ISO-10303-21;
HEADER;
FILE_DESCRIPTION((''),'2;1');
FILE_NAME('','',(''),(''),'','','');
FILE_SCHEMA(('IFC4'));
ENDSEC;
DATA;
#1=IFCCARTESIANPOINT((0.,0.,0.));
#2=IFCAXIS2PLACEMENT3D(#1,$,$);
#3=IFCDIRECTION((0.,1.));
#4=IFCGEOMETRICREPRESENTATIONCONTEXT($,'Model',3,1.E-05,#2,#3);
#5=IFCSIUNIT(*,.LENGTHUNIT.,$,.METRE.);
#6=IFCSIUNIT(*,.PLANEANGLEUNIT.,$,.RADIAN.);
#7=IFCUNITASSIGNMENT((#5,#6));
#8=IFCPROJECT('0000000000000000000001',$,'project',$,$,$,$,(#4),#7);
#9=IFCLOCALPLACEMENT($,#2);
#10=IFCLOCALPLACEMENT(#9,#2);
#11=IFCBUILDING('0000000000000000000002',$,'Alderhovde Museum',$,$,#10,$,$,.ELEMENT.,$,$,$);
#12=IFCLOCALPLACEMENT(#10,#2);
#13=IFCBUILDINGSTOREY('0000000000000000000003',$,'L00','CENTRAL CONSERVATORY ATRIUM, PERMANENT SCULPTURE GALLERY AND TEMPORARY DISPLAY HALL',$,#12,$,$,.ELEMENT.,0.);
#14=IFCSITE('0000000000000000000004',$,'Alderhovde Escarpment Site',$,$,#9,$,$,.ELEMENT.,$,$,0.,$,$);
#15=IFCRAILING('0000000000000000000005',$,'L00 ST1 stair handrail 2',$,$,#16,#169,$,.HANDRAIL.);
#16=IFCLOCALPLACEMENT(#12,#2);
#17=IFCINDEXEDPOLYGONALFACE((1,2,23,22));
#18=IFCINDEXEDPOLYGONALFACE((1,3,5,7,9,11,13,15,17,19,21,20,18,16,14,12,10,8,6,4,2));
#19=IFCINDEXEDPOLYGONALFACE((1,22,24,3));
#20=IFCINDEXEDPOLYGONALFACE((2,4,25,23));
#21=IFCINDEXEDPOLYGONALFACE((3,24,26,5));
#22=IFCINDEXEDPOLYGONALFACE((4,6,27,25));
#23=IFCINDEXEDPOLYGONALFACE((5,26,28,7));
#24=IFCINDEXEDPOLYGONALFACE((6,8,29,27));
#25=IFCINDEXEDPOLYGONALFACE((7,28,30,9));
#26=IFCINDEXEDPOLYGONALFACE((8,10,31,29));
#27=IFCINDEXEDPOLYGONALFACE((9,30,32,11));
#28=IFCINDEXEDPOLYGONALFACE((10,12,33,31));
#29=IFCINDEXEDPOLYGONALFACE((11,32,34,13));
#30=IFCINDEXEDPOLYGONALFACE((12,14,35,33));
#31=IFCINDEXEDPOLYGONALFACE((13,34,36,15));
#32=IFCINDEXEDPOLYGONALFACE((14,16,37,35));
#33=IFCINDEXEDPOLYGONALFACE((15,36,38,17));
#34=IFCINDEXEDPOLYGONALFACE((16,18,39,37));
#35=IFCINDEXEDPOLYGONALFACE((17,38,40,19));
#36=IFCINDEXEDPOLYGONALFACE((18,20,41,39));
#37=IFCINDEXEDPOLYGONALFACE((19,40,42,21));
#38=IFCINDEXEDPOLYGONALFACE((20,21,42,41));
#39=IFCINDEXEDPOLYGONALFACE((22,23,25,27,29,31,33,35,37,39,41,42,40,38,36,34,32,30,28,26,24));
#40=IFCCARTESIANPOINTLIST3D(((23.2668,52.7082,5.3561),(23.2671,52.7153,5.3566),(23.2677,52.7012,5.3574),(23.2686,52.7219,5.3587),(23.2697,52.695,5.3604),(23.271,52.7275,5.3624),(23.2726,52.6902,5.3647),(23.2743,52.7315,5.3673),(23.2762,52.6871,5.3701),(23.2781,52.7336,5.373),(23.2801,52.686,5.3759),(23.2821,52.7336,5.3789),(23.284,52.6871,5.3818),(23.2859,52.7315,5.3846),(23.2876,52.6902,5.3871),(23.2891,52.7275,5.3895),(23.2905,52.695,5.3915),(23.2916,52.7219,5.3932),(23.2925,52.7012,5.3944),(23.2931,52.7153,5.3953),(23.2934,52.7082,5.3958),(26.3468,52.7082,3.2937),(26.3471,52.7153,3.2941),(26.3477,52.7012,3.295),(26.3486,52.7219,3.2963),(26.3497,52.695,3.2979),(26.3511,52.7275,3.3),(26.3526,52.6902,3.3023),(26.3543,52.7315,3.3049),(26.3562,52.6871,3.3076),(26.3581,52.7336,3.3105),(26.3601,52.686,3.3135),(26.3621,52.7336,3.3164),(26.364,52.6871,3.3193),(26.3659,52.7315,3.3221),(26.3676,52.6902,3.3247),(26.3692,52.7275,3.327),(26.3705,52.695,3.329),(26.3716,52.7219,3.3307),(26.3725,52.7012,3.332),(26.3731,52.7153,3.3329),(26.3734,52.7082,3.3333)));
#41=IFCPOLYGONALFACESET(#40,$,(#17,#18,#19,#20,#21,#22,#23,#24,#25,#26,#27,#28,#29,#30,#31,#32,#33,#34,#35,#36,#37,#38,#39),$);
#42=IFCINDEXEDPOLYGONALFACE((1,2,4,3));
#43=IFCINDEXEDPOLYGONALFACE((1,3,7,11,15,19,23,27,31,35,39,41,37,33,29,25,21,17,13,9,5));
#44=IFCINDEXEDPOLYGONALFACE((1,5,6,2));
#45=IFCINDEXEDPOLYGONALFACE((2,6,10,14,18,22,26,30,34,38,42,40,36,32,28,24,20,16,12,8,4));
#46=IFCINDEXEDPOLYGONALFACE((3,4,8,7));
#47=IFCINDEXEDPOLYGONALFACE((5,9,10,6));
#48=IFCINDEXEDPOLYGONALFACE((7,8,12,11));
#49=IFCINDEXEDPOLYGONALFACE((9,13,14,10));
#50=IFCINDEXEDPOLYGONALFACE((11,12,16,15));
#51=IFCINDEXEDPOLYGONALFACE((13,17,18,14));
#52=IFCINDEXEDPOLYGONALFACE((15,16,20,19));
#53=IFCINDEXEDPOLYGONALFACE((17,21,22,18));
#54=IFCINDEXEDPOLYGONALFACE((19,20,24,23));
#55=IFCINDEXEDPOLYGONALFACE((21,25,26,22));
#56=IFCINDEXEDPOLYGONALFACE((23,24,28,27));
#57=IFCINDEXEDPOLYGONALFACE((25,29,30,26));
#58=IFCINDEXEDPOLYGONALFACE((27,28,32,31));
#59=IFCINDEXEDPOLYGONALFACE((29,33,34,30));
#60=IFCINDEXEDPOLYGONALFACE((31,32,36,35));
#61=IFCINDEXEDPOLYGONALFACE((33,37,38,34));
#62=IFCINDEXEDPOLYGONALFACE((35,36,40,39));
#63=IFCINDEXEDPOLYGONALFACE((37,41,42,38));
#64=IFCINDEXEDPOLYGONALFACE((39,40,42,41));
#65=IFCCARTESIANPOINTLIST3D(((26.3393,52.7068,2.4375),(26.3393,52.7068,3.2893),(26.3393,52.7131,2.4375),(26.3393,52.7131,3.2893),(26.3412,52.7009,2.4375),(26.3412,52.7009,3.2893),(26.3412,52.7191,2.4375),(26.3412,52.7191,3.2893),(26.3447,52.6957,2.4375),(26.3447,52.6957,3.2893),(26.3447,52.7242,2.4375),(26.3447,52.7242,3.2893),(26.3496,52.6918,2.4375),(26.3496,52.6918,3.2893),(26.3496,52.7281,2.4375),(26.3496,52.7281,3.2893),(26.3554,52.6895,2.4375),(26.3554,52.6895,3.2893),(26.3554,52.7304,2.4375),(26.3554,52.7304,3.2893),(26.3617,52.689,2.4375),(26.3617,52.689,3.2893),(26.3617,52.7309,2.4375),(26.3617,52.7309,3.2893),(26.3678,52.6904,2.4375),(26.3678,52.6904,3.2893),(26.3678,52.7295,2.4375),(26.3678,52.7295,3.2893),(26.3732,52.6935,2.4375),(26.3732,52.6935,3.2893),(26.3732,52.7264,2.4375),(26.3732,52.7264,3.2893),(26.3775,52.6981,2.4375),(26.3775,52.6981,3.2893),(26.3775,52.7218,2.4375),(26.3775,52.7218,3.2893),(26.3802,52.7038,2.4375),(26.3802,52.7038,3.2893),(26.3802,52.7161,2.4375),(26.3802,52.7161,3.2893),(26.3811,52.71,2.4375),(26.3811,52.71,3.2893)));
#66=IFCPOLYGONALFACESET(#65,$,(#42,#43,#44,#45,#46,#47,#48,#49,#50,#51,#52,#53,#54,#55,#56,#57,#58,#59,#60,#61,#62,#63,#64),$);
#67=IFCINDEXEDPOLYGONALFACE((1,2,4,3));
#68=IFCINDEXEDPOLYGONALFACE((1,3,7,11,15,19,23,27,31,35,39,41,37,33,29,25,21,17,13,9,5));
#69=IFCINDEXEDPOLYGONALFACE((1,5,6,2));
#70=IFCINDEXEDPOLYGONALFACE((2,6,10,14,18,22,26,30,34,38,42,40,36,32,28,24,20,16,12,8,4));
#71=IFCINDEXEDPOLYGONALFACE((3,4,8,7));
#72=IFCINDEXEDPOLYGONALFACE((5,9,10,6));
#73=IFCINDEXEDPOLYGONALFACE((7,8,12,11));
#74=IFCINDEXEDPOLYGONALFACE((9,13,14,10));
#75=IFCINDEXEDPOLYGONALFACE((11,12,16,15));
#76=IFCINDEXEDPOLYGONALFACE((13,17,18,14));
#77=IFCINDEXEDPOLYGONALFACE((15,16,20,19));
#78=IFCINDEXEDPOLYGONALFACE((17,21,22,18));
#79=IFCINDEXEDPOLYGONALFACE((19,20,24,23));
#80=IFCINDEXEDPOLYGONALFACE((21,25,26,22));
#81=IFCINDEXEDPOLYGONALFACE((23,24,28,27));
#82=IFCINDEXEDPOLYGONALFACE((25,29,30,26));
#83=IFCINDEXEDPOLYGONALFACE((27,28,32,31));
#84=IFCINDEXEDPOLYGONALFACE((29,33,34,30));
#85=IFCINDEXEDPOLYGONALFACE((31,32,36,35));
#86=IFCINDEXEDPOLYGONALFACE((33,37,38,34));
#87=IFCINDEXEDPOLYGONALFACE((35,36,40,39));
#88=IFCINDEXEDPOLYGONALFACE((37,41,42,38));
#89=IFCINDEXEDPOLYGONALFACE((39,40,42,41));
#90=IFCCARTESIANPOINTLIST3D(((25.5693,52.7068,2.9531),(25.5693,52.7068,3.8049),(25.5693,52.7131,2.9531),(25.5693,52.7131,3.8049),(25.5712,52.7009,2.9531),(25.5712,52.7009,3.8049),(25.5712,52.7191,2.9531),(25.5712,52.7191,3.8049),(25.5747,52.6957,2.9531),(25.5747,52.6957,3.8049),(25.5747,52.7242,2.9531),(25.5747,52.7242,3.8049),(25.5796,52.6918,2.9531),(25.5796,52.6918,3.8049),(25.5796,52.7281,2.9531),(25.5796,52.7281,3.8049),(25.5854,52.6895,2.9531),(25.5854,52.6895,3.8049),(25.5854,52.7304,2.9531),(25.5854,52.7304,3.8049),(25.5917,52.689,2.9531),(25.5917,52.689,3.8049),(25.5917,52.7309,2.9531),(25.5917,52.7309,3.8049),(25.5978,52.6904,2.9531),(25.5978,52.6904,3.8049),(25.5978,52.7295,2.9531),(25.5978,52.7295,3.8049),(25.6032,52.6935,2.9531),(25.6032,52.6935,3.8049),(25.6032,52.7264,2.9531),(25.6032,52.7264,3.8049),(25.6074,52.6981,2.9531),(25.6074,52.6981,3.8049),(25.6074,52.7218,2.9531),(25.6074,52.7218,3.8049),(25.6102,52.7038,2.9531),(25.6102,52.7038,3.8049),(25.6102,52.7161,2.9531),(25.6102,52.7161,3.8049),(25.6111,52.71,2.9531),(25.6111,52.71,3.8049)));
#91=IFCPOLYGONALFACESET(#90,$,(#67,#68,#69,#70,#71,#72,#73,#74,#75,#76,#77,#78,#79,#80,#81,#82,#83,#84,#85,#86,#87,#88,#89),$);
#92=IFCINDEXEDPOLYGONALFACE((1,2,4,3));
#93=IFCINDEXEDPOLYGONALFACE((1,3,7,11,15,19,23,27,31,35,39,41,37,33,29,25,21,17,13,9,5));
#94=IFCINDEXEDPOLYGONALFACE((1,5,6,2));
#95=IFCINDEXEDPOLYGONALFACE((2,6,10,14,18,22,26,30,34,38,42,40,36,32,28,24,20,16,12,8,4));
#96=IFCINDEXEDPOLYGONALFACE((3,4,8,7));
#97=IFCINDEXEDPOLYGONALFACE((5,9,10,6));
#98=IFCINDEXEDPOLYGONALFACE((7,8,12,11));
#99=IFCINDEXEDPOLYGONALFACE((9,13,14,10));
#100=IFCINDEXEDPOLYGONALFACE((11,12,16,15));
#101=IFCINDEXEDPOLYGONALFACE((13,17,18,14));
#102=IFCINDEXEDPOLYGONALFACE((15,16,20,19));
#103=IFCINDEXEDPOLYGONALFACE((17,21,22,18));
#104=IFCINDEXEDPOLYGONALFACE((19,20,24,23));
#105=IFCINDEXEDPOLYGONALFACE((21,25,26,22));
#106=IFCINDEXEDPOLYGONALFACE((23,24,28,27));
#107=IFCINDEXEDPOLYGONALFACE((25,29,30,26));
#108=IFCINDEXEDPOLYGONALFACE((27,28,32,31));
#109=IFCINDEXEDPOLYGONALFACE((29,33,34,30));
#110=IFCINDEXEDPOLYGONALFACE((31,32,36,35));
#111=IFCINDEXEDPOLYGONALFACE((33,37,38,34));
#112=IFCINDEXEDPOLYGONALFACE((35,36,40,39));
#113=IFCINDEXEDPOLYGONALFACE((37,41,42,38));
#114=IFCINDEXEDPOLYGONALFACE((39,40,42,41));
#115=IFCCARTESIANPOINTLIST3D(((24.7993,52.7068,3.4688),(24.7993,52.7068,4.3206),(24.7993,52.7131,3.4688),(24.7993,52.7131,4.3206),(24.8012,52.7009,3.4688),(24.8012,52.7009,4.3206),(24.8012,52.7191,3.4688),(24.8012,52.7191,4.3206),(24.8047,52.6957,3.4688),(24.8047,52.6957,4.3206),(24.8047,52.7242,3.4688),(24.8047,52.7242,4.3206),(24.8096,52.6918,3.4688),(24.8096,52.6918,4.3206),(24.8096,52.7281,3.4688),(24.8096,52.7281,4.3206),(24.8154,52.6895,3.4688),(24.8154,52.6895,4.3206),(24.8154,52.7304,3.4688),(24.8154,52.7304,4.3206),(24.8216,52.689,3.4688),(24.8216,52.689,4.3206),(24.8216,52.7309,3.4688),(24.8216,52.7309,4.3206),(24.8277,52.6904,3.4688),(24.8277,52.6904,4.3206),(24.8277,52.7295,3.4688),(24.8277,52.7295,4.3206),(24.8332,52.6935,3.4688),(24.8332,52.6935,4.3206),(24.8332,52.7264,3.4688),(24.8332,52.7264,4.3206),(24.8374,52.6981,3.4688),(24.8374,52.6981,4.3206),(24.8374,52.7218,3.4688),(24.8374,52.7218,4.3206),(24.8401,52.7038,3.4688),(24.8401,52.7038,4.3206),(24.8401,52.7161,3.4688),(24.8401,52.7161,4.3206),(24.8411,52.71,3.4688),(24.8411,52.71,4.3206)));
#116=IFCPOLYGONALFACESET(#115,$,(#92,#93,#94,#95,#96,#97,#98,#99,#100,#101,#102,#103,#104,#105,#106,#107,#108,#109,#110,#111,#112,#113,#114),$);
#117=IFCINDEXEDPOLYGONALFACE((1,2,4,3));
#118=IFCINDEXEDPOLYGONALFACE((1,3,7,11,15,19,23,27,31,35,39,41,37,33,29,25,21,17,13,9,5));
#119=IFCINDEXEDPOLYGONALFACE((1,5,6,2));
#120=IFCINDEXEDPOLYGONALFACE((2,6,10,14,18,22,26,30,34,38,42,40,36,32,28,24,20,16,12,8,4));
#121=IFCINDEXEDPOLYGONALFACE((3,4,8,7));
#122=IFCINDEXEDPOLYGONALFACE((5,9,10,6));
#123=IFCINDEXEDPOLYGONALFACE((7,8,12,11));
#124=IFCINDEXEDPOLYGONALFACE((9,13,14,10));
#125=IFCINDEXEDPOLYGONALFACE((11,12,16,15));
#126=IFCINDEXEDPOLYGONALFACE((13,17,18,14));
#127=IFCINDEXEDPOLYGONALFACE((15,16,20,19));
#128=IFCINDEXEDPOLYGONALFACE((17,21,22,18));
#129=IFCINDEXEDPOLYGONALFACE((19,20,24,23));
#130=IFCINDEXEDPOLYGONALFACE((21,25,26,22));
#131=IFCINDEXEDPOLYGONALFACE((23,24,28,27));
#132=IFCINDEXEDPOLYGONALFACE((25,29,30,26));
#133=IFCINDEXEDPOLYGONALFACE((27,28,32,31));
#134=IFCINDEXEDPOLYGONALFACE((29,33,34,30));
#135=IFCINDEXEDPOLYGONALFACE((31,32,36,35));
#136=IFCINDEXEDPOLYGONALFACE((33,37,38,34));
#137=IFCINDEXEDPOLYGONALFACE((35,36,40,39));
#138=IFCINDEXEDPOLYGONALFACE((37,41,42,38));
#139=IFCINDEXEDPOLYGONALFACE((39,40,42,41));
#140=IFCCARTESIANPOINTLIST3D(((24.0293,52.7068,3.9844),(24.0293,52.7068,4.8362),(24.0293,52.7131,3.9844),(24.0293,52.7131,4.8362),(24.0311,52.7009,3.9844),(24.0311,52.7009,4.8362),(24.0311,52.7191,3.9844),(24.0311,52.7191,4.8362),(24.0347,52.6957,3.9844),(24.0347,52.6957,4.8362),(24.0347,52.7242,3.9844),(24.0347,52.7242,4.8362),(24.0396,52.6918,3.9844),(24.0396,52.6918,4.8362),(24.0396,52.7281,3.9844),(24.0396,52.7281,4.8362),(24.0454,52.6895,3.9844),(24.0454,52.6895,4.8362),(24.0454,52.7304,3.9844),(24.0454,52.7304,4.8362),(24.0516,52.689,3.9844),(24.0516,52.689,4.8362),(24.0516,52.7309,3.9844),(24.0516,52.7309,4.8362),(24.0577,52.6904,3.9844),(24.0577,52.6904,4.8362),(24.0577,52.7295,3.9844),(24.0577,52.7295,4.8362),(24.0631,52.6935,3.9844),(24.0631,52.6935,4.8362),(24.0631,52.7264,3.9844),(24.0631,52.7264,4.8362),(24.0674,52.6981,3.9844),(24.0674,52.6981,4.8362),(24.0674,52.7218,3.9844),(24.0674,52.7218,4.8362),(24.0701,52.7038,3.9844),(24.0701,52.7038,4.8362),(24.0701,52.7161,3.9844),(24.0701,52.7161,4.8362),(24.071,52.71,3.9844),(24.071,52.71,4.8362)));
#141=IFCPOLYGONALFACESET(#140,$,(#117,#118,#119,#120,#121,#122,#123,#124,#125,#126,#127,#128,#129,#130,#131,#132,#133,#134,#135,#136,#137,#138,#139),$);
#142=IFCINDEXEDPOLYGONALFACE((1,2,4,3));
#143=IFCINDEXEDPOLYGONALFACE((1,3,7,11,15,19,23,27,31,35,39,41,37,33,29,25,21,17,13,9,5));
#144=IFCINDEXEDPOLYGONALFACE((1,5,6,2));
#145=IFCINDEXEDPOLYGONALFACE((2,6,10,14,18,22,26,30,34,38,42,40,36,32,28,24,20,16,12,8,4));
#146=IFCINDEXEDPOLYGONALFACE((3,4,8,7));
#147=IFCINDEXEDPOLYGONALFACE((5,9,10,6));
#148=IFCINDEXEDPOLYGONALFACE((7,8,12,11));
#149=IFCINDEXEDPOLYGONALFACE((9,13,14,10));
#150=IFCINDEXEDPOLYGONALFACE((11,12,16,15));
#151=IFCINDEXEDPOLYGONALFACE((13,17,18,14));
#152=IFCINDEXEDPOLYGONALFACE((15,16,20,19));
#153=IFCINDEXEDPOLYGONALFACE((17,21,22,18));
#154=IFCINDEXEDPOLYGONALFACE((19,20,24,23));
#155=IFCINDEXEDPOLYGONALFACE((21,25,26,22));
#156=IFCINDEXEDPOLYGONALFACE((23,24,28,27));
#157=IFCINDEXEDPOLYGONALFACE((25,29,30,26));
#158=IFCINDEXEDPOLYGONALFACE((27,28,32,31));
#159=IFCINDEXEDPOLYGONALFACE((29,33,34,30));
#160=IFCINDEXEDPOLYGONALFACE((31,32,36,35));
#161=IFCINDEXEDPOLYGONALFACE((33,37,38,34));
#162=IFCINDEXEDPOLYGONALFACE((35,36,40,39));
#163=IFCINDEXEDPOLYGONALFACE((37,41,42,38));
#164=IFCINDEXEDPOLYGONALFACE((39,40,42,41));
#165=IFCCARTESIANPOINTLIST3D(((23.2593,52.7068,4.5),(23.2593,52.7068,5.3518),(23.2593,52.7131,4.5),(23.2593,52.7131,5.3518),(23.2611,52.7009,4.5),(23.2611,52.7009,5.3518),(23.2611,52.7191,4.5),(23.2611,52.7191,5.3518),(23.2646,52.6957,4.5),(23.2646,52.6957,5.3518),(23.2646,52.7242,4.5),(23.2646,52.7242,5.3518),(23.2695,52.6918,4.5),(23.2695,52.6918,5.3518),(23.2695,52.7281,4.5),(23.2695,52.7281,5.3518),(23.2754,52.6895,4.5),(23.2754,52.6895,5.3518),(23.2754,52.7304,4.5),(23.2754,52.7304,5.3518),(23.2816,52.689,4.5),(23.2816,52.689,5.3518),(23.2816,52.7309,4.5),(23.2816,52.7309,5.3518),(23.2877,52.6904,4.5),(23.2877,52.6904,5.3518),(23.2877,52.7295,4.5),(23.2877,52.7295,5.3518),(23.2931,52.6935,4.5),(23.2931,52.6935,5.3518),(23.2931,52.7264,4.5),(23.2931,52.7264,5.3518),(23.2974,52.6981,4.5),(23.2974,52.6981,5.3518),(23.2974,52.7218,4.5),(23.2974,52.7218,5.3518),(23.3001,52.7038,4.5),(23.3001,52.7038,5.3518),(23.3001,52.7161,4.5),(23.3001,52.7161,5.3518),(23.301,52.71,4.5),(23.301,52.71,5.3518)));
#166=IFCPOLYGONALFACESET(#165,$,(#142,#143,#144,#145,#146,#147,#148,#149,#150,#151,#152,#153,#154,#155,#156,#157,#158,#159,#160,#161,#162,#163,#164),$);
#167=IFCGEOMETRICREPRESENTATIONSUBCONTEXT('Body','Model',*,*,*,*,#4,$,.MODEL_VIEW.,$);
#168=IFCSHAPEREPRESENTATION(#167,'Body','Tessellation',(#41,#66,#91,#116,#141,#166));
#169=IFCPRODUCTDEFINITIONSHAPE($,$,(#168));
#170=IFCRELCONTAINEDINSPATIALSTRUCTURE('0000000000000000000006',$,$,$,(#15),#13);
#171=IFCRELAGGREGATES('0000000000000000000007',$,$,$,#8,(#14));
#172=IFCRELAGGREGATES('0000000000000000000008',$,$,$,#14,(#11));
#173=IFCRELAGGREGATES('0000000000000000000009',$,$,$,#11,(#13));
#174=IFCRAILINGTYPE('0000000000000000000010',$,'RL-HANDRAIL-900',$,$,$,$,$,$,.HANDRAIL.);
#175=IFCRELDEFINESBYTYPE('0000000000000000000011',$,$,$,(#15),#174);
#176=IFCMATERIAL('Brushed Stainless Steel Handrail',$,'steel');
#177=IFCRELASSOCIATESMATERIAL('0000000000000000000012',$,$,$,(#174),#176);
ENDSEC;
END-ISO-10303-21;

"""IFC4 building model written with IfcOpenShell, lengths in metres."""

from ifc_helpers import new_model, si_unit, direction, frame, origin, origin_2d, place, context, subcontext, project, spatial, circle, extrude, material, type_object, element, save


model = new_model("IFC4")

# Units and contexts
model_context = context("Model", 3, precision=1e-05, world=origin(), true_north=direction((0.0, 1.0)))
body_context = subcontext(model_context, "Body", "Model", "MODEL_VIEW")
ifc_project = project(units=[si_unit("LENGTHUNIT", "METRE"), si_unit("PLANEANGLEUNIT", "RADIAN")], contexts=[model_context])

# Site, building, storey
site_placement = place(None, origin())
site = spatial("IfcSite", under=ifc_project, at=site_placement, Name="Alderhovde Escarpment Site", CompositionType="ELEMENT", RefElevation=0.0)
building_placement = place(site_placement, origin())
building = spatial("IfcBuilding", under=site, at=building_placement, Name="Alderhovde Museum", CompositionType="ELEMENT")
storey_placement = place(building_placement, origin())
storey = spatial("IfcBuildingStorey", under=building, at=storey_placement, Name="L00", Description="CENTRAL CONSERVATORY ATRIUM, PERMANENT SCULPTURE GALLERY AND TEMPORARY DISPLAY HALL", CompositionType="ELEMENT", Elevation=0.0)

# Railing
ifc_material_1 = material(Name="Brushed Stainless Steel Handrail", Category="steel")
railing_type_1 = type_object("IfcRailingType", Name="RL-HANDRAIL-900", PredefinedType="HANDRAIL", material=ifc_material_1)
railing_1_placement = place(storey_placement, frame((26.3601, 52.71, 2.4375)))
element("IfcRailing", 1, at=railing_1_placement, inside=storey, type_object=railing_type_1, Name="L00 ST1 stair handrail 2", PredefinedType="HANDRAIL", context=body_context, shape_type="SweptSolid", body=[
    extrude(circle(Radius=0.0239, at=origin_2d()), frame((0.0, 0.0, 0.876), z_axis=(-0.830914, 0.0, 0.556401), x_axis=(0.0, -1.0, 0.0)), (0.0, 0.0, 1.0), 3.7068),
    extrude(circle(Radius=0.021, at=origin_2d()), origin(), (0.0, 0.0, 1.0), 0.8518),
    extrude(circle(Radius=0.021, at=origin_2d()), frame((-0.77, 0.0, 0.5156)), (0.0, 0.0, 1.0), 0.8518),
    extrude(circle(Radius=0.021, at=origin_2d()), frame((-1.54, 0.0, 1.0312)), (0.0, 0.0, 1.0), 0.8518),
    extrude(circle(Radius=0.021, at=origin_2d()), frame((-2.3101, 0.0, 1.5469)), (0.0, 0.0, 1.0), 0.8518),
    extrude(circle(Radius=0.021, at=origin_2d()), frame((-3.0801, 0.0, 2.0625)), (0.0, 0.0, 1.0), 0.8518),
])

save(model, "model.ifc")
